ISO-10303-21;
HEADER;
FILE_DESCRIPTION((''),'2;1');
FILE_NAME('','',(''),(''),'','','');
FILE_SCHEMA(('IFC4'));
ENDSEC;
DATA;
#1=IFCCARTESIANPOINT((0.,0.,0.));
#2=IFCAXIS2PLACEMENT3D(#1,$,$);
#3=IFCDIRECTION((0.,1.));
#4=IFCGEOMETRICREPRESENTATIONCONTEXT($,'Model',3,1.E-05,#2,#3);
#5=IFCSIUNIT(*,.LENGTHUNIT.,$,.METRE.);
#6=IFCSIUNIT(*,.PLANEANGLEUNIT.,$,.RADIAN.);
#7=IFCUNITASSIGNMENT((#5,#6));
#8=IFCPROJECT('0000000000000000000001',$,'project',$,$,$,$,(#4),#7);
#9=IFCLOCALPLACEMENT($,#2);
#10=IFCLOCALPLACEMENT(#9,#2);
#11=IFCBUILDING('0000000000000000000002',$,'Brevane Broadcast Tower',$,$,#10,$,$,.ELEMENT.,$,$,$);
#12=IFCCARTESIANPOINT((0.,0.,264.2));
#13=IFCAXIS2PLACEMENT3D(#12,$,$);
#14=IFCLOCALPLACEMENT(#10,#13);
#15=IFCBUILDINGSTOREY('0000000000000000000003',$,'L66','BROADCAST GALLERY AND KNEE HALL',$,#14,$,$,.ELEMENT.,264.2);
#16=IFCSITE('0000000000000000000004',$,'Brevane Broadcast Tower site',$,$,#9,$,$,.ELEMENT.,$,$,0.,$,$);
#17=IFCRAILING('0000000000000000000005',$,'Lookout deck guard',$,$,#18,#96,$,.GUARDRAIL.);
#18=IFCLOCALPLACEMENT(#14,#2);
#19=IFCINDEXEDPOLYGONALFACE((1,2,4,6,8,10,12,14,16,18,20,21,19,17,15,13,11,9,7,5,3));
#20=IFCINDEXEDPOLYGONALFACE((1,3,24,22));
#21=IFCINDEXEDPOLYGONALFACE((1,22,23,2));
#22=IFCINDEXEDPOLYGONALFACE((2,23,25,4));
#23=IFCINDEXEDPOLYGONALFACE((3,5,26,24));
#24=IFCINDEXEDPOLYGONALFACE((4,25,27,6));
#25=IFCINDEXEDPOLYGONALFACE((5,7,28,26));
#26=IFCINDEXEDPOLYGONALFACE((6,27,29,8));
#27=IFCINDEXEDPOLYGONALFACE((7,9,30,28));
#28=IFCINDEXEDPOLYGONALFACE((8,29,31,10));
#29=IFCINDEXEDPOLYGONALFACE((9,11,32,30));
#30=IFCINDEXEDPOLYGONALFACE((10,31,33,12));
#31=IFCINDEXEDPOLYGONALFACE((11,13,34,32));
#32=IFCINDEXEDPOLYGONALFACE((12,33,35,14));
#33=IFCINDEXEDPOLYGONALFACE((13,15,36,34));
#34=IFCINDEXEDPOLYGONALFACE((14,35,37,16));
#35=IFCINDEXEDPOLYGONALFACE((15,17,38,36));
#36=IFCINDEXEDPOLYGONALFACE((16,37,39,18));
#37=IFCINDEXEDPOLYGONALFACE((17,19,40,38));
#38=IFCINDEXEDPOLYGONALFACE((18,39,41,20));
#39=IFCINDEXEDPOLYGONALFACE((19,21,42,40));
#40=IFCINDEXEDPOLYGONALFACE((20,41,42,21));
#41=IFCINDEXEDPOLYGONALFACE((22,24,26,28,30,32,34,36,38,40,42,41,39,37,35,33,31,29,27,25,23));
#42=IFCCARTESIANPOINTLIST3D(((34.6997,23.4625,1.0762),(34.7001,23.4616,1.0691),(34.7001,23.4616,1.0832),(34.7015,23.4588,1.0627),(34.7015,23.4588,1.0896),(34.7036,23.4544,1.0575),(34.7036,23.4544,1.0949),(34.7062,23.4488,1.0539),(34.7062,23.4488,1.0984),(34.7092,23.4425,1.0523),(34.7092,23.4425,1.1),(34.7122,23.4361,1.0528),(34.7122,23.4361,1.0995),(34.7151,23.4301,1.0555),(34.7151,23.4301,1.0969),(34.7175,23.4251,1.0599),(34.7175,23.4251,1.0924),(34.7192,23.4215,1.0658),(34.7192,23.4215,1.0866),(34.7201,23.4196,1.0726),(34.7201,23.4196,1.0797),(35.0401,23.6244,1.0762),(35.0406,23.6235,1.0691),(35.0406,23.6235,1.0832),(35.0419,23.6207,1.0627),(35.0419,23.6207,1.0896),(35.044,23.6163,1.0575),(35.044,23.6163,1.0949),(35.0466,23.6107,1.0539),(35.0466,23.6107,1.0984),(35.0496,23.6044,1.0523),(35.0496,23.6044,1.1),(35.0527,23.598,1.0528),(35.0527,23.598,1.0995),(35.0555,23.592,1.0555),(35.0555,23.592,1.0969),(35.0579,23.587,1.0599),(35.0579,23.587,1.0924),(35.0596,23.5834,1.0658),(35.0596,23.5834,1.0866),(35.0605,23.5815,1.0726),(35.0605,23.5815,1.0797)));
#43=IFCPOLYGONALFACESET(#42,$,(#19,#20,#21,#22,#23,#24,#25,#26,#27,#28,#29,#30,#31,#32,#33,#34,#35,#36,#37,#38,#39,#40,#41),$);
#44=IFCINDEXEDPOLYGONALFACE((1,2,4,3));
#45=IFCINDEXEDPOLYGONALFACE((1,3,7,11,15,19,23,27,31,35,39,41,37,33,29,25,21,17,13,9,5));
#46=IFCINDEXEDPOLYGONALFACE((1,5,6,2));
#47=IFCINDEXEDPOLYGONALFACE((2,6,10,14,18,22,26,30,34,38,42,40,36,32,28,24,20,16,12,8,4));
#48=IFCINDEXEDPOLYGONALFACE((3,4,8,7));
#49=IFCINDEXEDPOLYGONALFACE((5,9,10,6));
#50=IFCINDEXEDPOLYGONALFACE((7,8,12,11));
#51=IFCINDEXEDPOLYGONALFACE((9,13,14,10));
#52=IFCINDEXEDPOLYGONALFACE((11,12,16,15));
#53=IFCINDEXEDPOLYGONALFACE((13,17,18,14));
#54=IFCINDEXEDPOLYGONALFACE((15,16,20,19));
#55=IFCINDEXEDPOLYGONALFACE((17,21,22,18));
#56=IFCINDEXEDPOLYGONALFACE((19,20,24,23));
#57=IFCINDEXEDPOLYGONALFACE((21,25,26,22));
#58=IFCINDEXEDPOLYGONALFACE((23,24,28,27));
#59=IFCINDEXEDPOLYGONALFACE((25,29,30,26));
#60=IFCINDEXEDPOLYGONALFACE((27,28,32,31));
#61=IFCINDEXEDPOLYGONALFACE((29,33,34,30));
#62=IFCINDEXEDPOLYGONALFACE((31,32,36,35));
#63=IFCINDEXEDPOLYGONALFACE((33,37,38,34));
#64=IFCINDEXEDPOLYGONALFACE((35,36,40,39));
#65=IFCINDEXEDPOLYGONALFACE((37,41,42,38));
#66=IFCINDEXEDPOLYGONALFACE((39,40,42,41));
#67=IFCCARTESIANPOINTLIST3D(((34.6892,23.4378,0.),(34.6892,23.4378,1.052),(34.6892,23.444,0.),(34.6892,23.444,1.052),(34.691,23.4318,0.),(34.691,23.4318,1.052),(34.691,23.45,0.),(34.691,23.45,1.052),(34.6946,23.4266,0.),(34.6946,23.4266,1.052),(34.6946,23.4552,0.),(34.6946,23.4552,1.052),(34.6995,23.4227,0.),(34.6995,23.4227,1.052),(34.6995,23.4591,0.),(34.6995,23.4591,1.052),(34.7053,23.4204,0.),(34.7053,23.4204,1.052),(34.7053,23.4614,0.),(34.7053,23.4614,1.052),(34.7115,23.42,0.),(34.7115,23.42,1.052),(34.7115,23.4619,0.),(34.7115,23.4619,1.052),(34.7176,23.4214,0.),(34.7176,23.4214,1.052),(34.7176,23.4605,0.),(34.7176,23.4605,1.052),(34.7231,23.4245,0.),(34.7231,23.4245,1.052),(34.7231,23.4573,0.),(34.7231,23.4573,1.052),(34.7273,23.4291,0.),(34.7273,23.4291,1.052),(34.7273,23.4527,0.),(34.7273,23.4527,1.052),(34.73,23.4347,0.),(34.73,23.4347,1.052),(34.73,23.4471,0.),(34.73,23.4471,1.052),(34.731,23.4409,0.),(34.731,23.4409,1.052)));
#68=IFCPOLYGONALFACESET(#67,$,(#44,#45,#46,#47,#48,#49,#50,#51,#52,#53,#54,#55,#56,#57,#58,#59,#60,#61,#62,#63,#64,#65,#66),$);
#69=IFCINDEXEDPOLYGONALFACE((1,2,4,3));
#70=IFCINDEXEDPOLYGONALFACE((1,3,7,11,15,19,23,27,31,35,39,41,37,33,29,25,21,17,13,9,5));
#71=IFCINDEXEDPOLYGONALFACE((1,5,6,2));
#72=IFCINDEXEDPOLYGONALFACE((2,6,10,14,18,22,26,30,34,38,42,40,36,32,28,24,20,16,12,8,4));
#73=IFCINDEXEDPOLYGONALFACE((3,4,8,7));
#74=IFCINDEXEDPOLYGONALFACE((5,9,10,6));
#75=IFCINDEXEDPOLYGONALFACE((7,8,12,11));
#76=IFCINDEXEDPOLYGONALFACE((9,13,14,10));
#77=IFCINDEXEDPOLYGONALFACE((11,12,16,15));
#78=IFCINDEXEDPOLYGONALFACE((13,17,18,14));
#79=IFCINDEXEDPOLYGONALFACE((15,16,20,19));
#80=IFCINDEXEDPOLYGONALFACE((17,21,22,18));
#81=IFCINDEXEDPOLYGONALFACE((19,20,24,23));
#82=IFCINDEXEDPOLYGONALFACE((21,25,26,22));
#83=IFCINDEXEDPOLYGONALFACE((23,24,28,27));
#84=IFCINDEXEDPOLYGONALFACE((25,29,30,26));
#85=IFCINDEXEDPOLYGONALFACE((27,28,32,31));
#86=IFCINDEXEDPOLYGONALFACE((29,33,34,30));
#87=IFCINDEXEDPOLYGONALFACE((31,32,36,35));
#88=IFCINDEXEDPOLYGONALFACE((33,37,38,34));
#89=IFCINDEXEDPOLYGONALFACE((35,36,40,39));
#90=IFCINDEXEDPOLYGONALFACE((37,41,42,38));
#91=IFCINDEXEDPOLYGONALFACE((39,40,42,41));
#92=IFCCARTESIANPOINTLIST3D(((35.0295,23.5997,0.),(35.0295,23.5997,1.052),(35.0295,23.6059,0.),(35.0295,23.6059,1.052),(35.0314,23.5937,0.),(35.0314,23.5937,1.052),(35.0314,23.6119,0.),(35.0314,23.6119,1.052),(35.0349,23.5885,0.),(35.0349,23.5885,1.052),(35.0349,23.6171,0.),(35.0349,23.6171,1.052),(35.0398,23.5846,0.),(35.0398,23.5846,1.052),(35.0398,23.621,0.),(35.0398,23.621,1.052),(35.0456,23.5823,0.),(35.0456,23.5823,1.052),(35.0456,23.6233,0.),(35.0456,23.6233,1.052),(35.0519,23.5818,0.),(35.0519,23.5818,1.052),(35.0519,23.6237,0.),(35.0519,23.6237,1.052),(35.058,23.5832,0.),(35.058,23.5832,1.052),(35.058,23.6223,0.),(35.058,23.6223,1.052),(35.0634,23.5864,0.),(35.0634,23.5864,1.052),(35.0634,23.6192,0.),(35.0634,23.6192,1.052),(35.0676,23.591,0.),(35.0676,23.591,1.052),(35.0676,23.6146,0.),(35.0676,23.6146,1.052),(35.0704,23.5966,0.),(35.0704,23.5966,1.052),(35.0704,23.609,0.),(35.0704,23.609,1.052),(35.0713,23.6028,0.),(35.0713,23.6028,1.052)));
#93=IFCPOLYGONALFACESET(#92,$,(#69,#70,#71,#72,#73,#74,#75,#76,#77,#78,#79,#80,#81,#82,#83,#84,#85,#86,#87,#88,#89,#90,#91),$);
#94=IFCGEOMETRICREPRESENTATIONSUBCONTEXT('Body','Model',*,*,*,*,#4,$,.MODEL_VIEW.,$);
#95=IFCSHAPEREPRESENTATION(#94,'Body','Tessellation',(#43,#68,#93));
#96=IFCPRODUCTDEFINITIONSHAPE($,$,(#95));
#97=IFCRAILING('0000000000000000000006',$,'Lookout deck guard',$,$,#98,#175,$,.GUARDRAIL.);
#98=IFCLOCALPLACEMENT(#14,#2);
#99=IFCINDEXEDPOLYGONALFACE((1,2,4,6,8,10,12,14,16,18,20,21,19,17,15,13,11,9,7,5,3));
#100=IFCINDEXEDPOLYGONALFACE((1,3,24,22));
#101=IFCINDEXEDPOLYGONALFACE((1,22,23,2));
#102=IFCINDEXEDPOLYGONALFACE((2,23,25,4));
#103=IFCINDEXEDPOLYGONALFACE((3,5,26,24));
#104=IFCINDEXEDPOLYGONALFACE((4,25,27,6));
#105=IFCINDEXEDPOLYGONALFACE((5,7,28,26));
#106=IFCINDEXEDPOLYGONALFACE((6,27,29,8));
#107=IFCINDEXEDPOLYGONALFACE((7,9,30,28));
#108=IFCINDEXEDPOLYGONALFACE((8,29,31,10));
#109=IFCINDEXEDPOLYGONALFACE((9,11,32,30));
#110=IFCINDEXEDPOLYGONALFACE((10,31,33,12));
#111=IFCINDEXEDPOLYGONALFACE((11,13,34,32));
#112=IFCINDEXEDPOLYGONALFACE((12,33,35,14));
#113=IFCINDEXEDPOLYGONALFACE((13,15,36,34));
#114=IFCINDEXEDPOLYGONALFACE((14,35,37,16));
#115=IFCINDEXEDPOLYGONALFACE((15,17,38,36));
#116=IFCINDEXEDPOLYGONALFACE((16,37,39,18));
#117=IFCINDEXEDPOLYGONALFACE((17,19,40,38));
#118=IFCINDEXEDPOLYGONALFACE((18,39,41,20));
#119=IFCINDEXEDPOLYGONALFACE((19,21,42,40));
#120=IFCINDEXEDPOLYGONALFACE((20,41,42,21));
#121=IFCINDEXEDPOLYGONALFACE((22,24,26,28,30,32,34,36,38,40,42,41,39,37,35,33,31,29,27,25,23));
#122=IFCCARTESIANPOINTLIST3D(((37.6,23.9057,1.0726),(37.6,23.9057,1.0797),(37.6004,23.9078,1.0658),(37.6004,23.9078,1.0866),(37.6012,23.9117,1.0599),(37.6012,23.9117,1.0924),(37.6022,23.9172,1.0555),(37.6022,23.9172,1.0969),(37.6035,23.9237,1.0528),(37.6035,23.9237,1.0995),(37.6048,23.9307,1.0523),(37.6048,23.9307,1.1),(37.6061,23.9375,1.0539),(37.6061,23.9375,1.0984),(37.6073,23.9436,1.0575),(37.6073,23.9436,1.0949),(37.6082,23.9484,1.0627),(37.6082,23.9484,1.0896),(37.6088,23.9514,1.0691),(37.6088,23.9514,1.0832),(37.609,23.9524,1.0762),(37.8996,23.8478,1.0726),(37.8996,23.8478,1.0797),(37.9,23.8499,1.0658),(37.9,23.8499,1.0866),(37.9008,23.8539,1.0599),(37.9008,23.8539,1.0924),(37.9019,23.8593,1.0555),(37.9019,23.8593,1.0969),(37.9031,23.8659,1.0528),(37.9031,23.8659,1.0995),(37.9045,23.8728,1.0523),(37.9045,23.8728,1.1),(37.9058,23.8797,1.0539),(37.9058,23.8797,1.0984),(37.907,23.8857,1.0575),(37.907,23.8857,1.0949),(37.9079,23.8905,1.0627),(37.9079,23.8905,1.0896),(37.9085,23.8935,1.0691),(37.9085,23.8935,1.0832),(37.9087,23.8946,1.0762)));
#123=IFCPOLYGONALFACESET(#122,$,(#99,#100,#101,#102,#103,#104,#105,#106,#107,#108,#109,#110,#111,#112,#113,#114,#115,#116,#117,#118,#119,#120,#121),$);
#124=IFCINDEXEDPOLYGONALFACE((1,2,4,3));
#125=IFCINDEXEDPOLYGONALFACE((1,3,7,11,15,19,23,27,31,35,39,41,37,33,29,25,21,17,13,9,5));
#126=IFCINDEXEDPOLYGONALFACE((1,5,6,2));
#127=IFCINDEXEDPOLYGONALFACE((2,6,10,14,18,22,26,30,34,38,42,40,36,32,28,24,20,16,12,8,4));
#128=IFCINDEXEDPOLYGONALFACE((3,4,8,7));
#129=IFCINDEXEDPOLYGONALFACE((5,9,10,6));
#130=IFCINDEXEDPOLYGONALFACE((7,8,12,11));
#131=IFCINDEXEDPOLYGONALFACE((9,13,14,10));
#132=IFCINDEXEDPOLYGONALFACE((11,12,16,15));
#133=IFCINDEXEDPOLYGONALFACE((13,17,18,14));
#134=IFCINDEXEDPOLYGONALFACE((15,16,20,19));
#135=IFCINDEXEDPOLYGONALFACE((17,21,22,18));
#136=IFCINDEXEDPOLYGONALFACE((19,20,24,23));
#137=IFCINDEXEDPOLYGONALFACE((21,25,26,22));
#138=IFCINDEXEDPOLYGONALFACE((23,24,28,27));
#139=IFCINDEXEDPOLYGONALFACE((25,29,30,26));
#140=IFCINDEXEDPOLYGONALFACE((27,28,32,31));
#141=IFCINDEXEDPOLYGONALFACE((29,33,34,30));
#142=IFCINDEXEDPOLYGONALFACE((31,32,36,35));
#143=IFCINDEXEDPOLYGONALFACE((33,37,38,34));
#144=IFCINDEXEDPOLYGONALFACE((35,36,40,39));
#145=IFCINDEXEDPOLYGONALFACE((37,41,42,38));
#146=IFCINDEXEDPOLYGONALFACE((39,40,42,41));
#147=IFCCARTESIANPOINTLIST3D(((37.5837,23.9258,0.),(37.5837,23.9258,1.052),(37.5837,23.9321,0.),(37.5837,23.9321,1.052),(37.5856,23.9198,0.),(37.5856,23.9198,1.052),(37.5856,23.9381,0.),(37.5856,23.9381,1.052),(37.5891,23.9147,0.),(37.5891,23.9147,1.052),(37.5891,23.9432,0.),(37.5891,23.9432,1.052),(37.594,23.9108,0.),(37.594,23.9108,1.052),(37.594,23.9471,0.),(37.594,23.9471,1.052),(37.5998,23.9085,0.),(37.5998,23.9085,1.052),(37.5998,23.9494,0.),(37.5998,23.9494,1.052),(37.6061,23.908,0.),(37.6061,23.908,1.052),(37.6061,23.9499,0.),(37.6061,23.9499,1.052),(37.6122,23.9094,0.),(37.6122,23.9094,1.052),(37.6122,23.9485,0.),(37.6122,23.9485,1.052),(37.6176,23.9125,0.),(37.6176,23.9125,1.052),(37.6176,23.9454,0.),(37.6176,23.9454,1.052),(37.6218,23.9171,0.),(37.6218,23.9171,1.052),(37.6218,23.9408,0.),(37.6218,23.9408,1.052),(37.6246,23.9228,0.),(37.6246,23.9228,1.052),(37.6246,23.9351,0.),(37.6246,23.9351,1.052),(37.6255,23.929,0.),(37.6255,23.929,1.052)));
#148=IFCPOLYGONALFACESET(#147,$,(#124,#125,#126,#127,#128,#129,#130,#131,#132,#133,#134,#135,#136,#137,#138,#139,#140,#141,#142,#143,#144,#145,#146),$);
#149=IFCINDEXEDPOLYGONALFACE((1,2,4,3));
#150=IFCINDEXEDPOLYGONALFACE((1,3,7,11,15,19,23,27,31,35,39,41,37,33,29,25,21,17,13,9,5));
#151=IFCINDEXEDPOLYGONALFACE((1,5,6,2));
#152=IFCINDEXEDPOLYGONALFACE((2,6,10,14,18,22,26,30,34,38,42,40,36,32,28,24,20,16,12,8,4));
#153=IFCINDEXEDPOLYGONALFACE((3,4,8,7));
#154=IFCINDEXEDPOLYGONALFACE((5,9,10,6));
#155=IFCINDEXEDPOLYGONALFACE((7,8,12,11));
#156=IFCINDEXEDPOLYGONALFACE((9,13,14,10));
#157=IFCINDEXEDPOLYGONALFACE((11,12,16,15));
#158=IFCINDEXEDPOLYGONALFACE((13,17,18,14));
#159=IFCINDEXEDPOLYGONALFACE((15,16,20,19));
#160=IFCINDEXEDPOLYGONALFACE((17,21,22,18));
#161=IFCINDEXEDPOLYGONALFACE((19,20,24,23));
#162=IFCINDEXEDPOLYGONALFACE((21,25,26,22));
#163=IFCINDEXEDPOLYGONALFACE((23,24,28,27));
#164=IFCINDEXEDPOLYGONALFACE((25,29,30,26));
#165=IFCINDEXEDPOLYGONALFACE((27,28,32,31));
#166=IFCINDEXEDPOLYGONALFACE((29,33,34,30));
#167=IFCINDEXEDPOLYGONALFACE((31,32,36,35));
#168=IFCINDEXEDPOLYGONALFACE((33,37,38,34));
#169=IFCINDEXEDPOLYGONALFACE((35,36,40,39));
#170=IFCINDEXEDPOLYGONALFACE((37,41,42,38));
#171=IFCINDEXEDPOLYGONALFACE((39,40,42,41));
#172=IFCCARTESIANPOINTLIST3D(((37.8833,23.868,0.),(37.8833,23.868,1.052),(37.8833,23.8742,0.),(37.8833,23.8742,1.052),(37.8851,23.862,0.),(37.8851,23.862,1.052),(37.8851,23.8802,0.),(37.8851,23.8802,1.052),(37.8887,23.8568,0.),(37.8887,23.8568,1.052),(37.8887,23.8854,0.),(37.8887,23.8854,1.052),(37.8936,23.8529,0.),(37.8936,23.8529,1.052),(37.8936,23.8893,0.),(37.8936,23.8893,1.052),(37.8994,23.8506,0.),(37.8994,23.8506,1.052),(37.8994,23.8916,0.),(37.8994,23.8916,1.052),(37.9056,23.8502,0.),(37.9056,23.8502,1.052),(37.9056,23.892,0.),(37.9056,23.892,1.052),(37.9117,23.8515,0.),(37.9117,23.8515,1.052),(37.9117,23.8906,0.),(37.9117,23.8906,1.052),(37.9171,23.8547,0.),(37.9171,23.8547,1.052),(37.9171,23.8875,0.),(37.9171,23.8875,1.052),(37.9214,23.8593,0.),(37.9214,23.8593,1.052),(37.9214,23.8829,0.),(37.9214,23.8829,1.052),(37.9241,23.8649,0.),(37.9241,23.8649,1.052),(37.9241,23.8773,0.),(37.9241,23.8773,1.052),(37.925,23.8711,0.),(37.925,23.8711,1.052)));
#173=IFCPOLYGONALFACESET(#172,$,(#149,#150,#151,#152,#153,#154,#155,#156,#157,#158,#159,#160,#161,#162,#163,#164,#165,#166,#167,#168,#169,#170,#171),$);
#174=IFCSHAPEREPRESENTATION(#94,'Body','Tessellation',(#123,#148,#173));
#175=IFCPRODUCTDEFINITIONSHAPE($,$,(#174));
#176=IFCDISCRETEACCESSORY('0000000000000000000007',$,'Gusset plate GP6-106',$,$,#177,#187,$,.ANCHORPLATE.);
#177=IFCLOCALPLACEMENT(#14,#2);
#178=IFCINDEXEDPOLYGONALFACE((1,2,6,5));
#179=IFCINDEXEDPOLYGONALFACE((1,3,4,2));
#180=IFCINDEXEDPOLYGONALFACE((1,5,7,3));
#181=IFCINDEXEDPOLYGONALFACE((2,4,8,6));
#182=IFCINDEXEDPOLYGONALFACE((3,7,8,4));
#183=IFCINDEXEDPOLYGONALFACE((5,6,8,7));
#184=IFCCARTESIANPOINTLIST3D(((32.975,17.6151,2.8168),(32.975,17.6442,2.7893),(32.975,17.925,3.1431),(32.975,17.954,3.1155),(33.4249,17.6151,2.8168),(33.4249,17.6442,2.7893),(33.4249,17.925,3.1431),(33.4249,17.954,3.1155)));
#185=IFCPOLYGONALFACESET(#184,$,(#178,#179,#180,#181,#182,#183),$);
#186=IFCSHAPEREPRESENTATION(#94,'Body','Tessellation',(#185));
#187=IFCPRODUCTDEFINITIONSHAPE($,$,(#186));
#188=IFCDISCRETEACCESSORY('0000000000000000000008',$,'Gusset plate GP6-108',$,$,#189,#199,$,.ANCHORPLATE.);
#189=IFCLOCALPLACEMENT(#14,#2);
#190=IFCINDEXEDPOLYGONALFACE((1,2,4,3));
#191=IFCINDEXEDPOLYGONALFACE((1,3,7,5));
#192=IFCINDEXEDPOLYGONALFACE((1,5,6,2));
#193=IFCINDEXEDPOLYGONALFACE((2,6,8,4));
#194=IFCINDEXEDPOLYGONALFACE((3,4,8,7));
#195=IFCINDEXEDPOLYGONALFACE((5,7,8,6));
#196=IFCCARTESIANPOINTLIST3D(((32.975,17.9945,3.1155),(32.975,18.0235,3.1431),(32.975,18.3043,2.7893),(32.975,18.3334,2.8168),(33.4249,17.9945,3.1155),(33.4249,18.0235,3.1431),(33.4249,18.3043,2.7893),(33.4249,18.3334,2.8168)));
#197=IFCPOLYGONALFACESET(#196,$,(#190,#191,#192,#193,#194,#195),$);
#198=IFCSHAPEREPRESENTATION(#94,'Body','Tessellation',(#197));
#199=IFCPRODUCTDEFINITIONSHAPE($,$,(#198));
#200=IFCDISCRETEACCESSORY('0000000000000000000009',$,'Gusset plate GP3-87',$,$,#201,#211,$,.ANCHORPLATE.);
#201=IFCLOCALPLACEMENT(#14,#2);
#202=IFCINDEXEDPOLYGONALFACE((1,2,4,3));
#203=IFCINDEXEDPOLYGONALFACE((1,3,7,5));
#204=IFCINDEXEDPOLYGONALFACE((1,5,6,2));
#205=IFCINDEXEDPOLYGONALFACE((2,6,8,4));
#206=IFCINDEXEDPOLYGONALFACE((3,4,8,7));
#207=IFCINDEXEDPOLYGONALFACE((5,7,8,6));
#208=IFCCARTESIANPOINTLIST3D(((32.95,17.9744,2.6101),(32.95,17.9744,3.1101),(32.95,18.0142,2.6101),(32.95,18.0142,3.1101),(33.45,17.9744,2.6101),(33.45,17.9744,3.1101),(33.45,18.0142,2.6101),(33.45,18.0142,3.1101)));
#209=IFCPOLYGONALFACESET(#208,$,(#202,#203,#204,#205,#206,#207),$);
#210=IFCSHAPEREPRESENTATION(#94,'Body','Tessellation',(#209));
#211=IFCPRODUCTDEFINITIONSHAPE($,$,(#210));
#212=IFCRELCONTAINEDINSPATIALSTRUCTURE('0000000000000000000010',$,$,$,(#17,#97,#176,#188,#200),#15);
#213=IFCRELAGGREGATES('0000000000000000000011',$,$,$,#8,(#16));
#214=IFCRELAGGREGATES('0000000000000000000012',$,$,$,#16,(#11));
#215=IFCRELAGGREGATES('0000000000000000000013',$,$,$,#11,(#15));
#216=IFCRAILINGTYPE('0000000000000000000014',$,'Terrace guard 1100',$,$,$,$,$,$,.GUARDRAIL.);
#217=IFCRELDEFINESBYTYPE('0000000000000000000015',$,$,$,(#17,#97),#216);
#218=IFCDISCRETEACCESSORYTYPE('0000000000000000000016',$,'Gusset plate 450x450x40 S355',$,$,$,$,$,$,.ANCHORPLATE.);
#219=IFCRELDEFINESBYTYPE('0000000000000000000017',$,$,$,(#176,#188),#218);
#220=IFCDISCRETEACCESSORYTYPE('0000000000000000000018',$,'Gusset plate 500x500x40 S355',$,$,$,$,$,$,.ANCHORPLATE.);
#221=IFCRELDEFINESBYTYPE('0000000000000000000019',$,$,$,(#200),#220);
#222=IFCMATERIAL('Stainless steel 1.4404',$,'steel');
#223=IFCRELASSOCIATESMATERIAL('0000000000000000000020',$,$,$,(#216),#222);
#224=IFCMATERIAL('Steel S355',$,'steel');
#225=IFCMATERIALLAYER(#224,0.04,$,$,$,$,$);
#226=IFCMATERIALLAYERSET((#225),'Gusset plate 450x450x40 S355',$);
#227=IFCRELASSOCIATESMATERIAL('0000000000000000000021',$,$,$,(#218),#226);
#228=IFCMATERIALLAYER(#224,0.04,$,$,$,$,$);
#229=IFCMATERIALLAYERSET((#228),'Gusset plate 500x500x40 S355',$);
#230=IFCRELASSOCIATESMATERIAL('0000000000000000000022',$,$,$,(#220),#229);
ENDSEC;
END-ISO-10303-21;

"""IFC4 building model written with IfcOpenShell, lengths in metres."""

from ifc_helpers import new_model, si_unit, direction, frame, origin, origin_2d, place, context, subcontext, project, spatial, rectangle, circle, extrude, material, layer, layer_set, type_object, element, save


model = new_model("IFC4")

# Units and contexts
model_context = context("Model", 3, precision=1e-05, world=origin(), true_north=direction((0.0, 1.0)))
body_context = subcontext(model_context, "Body", "Model", "MODEL_VIEW")
ifc_project = project(units=[si_unit("LENGTHUNIT", "METRE"), si_unit("PLANEANGLEUNIT", "RADIAN")], contexts=[model_context])

# Site, building, storey
site_placement = place(None, origin())
site = spatial("IfcSite", under=ifc_project, at=site_placement, Name="Brevane Broadcast Tower site", CompositionType="ELEMENT", RefElevation=0.0)
building_placement = place(site_placement, origin())
building = spatial("IfcBuilding", under=site, at=building_placement, Name="Brevane Broadcast Tower", CompositionType="ELEMENT")
storey_placement = place(building_placement, frame((0.0, 0.0, 264.2)))
storey = spatial("IfcBuildingStorey", under=building, at=storey_placement, Name="L66", Description="BROADCAST GALLERY AND KNEE HALL", CompositionType="ELEMENT", Elevation=264.2)

# Shared definitions
ifc_material_1 = material(Name="Steel S355", Category="steel")

# Railings
ifc_material_2 = material(Name="Stainless steel 1.4404", Category="steel")
railing_type = type_object("IfcRailingType", Name="Terrace guard 1100", PredefinedType="GUARDRAIL", material=ifc_material_2)
railing_1_placement = place(storey_placement, frame((34.71, 23.4409, 0.0)))
element("IfcRailing", 1, at=railing_1_placement, inside=storey, type_object=railing_type, Name="Lookout deck guard", PredefinedType="GUARDRAIL", context=body_context, shape_type="SweptSolid", body=[
    extrude(circle(Radius=0.0239, at=origin_2d()), frame((0.0, 0.0, 1.0762), z_axis=(0.903064, 0.429506, 0.0), x_axis=(-0.429506, 0.903064, 0.0)), (0.0, 0.0, 1.0), 0.377),
    extrude(circle(Radius=0.021, at=origin_2d()), origin(), (0.0, 0.0, 1.0), 1.052),
    extrude(circle(Radius=0.021, at=origin_2d()), frame((0.3403, 0.1619, 0.0)), (0.0, 0.0, 1.0), 1.052),
])
railing_2_placement = place(storey_placement, frame((37.6045, 23.929, 0.0)))
element("IfcRailing", 2, at=railing_2_placement, inside=storey, type_object=railing_type, Name="Lookout deck guard", PredefinedType="GUARDRAIL", context=body_context, shape_type="SweptSolid", body=[
    extrude(circle(Radius=0.0239, at=origin_2d()), frame((0.0, 0.0, 1.0762), z_axis=(0.981852, -0.189649, 0.0), x_axis=(0.189649, 0.981852, 0.0)), (0.0, 0.0, 1.0), 0.3052),
    extrude(circle(Radius=0.021, at=origin_2d()), origin(), (0.0, 0.0, 1.0), 1.052),
    extrude(circle(Radius=0.021, at=origin_2d()), frame((0.2996, -0.0579, 0.0)), (0.0, 0.0, 1.0), 1.052),
])

# Discrete accessories
ifc_layer_1 = layer(ifc_material_1, 0.04)
ifc_layer_set_1 = layer_set([ifc_layer_1], Name="Gusset plate 450x450x40 S355")
discrete_accessory_type_1 = type_object("IfcDiscreteAccessoryType", Name="Gusset plate 450x450x40 S355", PredefinedType="ANCHORPLATE", material=ifc_layer_set_1)
for number, where, z_axis, x_axis, name in (
    (3, (33.2, 17.7991, 2.9524), (0.0, -0.725152, 0.688589), (1.0, 0.0, 0.0), "Gusset plate GP6-106"),
    (4, (33.2, 18.1494, 2.9524), (0.0, 0.725152, 0.688589), (-1.0, 0.0, 0.0), "Gusset plate GP6-108"),
):
    element("IfcDiscreteAccessory", number, at=place(storey_placement, frame(where, z_axis=z_axis, x_axis=x_axis)), inside=storey, type_object=discrete_accessory_type_1, Name=name, PredefinedType="ANCHORPLATE", context=body_context, shape_type="SweptSolid", body=[
        extrude(rectangle(XDim=0.45, YDim=0.45, at=origin_2d()), origin(), (0.0, 0.0, 1.0), 0.04),
    ])
ifc_layer_2 = layer(ifc_material_1, 0.04)
ifc_layer_set_2 = layer_set([ifc_layer_2], Name="Gusset plate 500x500x40 S355")
discrete_accessory_type_2 = type_object("IfcDiscreteAccessoryType", Name="Gusset plate 500x500x40 S355", PredefinedType="ANCHORPLATE", material=ifc_layer_set_2)
discrete_accessory_placement = place(storey_placement, frame((33.2, 17.9744, 2.8601), z_axis=(0.0, 1.0, 0.0), x_axis=(-1.0, 0.0, 0.0)))
element("IfcDiscreteAccessory", 5, at=discrete_accessory_placement, inside=storey, type_object=discrete_accessory_type_2, Name="Gusset plate GP3-87", PredefinedType="ANCHORPLATE", context=body_context, shape_type="SweptSolid", body=[
    extrude(rectangle(XDim=0.5, YDim=0.5, at=origin_2d()), origin(), (0.0, 0.0, 1.0), 0.0398),
])

save(model, "model.ifc")
